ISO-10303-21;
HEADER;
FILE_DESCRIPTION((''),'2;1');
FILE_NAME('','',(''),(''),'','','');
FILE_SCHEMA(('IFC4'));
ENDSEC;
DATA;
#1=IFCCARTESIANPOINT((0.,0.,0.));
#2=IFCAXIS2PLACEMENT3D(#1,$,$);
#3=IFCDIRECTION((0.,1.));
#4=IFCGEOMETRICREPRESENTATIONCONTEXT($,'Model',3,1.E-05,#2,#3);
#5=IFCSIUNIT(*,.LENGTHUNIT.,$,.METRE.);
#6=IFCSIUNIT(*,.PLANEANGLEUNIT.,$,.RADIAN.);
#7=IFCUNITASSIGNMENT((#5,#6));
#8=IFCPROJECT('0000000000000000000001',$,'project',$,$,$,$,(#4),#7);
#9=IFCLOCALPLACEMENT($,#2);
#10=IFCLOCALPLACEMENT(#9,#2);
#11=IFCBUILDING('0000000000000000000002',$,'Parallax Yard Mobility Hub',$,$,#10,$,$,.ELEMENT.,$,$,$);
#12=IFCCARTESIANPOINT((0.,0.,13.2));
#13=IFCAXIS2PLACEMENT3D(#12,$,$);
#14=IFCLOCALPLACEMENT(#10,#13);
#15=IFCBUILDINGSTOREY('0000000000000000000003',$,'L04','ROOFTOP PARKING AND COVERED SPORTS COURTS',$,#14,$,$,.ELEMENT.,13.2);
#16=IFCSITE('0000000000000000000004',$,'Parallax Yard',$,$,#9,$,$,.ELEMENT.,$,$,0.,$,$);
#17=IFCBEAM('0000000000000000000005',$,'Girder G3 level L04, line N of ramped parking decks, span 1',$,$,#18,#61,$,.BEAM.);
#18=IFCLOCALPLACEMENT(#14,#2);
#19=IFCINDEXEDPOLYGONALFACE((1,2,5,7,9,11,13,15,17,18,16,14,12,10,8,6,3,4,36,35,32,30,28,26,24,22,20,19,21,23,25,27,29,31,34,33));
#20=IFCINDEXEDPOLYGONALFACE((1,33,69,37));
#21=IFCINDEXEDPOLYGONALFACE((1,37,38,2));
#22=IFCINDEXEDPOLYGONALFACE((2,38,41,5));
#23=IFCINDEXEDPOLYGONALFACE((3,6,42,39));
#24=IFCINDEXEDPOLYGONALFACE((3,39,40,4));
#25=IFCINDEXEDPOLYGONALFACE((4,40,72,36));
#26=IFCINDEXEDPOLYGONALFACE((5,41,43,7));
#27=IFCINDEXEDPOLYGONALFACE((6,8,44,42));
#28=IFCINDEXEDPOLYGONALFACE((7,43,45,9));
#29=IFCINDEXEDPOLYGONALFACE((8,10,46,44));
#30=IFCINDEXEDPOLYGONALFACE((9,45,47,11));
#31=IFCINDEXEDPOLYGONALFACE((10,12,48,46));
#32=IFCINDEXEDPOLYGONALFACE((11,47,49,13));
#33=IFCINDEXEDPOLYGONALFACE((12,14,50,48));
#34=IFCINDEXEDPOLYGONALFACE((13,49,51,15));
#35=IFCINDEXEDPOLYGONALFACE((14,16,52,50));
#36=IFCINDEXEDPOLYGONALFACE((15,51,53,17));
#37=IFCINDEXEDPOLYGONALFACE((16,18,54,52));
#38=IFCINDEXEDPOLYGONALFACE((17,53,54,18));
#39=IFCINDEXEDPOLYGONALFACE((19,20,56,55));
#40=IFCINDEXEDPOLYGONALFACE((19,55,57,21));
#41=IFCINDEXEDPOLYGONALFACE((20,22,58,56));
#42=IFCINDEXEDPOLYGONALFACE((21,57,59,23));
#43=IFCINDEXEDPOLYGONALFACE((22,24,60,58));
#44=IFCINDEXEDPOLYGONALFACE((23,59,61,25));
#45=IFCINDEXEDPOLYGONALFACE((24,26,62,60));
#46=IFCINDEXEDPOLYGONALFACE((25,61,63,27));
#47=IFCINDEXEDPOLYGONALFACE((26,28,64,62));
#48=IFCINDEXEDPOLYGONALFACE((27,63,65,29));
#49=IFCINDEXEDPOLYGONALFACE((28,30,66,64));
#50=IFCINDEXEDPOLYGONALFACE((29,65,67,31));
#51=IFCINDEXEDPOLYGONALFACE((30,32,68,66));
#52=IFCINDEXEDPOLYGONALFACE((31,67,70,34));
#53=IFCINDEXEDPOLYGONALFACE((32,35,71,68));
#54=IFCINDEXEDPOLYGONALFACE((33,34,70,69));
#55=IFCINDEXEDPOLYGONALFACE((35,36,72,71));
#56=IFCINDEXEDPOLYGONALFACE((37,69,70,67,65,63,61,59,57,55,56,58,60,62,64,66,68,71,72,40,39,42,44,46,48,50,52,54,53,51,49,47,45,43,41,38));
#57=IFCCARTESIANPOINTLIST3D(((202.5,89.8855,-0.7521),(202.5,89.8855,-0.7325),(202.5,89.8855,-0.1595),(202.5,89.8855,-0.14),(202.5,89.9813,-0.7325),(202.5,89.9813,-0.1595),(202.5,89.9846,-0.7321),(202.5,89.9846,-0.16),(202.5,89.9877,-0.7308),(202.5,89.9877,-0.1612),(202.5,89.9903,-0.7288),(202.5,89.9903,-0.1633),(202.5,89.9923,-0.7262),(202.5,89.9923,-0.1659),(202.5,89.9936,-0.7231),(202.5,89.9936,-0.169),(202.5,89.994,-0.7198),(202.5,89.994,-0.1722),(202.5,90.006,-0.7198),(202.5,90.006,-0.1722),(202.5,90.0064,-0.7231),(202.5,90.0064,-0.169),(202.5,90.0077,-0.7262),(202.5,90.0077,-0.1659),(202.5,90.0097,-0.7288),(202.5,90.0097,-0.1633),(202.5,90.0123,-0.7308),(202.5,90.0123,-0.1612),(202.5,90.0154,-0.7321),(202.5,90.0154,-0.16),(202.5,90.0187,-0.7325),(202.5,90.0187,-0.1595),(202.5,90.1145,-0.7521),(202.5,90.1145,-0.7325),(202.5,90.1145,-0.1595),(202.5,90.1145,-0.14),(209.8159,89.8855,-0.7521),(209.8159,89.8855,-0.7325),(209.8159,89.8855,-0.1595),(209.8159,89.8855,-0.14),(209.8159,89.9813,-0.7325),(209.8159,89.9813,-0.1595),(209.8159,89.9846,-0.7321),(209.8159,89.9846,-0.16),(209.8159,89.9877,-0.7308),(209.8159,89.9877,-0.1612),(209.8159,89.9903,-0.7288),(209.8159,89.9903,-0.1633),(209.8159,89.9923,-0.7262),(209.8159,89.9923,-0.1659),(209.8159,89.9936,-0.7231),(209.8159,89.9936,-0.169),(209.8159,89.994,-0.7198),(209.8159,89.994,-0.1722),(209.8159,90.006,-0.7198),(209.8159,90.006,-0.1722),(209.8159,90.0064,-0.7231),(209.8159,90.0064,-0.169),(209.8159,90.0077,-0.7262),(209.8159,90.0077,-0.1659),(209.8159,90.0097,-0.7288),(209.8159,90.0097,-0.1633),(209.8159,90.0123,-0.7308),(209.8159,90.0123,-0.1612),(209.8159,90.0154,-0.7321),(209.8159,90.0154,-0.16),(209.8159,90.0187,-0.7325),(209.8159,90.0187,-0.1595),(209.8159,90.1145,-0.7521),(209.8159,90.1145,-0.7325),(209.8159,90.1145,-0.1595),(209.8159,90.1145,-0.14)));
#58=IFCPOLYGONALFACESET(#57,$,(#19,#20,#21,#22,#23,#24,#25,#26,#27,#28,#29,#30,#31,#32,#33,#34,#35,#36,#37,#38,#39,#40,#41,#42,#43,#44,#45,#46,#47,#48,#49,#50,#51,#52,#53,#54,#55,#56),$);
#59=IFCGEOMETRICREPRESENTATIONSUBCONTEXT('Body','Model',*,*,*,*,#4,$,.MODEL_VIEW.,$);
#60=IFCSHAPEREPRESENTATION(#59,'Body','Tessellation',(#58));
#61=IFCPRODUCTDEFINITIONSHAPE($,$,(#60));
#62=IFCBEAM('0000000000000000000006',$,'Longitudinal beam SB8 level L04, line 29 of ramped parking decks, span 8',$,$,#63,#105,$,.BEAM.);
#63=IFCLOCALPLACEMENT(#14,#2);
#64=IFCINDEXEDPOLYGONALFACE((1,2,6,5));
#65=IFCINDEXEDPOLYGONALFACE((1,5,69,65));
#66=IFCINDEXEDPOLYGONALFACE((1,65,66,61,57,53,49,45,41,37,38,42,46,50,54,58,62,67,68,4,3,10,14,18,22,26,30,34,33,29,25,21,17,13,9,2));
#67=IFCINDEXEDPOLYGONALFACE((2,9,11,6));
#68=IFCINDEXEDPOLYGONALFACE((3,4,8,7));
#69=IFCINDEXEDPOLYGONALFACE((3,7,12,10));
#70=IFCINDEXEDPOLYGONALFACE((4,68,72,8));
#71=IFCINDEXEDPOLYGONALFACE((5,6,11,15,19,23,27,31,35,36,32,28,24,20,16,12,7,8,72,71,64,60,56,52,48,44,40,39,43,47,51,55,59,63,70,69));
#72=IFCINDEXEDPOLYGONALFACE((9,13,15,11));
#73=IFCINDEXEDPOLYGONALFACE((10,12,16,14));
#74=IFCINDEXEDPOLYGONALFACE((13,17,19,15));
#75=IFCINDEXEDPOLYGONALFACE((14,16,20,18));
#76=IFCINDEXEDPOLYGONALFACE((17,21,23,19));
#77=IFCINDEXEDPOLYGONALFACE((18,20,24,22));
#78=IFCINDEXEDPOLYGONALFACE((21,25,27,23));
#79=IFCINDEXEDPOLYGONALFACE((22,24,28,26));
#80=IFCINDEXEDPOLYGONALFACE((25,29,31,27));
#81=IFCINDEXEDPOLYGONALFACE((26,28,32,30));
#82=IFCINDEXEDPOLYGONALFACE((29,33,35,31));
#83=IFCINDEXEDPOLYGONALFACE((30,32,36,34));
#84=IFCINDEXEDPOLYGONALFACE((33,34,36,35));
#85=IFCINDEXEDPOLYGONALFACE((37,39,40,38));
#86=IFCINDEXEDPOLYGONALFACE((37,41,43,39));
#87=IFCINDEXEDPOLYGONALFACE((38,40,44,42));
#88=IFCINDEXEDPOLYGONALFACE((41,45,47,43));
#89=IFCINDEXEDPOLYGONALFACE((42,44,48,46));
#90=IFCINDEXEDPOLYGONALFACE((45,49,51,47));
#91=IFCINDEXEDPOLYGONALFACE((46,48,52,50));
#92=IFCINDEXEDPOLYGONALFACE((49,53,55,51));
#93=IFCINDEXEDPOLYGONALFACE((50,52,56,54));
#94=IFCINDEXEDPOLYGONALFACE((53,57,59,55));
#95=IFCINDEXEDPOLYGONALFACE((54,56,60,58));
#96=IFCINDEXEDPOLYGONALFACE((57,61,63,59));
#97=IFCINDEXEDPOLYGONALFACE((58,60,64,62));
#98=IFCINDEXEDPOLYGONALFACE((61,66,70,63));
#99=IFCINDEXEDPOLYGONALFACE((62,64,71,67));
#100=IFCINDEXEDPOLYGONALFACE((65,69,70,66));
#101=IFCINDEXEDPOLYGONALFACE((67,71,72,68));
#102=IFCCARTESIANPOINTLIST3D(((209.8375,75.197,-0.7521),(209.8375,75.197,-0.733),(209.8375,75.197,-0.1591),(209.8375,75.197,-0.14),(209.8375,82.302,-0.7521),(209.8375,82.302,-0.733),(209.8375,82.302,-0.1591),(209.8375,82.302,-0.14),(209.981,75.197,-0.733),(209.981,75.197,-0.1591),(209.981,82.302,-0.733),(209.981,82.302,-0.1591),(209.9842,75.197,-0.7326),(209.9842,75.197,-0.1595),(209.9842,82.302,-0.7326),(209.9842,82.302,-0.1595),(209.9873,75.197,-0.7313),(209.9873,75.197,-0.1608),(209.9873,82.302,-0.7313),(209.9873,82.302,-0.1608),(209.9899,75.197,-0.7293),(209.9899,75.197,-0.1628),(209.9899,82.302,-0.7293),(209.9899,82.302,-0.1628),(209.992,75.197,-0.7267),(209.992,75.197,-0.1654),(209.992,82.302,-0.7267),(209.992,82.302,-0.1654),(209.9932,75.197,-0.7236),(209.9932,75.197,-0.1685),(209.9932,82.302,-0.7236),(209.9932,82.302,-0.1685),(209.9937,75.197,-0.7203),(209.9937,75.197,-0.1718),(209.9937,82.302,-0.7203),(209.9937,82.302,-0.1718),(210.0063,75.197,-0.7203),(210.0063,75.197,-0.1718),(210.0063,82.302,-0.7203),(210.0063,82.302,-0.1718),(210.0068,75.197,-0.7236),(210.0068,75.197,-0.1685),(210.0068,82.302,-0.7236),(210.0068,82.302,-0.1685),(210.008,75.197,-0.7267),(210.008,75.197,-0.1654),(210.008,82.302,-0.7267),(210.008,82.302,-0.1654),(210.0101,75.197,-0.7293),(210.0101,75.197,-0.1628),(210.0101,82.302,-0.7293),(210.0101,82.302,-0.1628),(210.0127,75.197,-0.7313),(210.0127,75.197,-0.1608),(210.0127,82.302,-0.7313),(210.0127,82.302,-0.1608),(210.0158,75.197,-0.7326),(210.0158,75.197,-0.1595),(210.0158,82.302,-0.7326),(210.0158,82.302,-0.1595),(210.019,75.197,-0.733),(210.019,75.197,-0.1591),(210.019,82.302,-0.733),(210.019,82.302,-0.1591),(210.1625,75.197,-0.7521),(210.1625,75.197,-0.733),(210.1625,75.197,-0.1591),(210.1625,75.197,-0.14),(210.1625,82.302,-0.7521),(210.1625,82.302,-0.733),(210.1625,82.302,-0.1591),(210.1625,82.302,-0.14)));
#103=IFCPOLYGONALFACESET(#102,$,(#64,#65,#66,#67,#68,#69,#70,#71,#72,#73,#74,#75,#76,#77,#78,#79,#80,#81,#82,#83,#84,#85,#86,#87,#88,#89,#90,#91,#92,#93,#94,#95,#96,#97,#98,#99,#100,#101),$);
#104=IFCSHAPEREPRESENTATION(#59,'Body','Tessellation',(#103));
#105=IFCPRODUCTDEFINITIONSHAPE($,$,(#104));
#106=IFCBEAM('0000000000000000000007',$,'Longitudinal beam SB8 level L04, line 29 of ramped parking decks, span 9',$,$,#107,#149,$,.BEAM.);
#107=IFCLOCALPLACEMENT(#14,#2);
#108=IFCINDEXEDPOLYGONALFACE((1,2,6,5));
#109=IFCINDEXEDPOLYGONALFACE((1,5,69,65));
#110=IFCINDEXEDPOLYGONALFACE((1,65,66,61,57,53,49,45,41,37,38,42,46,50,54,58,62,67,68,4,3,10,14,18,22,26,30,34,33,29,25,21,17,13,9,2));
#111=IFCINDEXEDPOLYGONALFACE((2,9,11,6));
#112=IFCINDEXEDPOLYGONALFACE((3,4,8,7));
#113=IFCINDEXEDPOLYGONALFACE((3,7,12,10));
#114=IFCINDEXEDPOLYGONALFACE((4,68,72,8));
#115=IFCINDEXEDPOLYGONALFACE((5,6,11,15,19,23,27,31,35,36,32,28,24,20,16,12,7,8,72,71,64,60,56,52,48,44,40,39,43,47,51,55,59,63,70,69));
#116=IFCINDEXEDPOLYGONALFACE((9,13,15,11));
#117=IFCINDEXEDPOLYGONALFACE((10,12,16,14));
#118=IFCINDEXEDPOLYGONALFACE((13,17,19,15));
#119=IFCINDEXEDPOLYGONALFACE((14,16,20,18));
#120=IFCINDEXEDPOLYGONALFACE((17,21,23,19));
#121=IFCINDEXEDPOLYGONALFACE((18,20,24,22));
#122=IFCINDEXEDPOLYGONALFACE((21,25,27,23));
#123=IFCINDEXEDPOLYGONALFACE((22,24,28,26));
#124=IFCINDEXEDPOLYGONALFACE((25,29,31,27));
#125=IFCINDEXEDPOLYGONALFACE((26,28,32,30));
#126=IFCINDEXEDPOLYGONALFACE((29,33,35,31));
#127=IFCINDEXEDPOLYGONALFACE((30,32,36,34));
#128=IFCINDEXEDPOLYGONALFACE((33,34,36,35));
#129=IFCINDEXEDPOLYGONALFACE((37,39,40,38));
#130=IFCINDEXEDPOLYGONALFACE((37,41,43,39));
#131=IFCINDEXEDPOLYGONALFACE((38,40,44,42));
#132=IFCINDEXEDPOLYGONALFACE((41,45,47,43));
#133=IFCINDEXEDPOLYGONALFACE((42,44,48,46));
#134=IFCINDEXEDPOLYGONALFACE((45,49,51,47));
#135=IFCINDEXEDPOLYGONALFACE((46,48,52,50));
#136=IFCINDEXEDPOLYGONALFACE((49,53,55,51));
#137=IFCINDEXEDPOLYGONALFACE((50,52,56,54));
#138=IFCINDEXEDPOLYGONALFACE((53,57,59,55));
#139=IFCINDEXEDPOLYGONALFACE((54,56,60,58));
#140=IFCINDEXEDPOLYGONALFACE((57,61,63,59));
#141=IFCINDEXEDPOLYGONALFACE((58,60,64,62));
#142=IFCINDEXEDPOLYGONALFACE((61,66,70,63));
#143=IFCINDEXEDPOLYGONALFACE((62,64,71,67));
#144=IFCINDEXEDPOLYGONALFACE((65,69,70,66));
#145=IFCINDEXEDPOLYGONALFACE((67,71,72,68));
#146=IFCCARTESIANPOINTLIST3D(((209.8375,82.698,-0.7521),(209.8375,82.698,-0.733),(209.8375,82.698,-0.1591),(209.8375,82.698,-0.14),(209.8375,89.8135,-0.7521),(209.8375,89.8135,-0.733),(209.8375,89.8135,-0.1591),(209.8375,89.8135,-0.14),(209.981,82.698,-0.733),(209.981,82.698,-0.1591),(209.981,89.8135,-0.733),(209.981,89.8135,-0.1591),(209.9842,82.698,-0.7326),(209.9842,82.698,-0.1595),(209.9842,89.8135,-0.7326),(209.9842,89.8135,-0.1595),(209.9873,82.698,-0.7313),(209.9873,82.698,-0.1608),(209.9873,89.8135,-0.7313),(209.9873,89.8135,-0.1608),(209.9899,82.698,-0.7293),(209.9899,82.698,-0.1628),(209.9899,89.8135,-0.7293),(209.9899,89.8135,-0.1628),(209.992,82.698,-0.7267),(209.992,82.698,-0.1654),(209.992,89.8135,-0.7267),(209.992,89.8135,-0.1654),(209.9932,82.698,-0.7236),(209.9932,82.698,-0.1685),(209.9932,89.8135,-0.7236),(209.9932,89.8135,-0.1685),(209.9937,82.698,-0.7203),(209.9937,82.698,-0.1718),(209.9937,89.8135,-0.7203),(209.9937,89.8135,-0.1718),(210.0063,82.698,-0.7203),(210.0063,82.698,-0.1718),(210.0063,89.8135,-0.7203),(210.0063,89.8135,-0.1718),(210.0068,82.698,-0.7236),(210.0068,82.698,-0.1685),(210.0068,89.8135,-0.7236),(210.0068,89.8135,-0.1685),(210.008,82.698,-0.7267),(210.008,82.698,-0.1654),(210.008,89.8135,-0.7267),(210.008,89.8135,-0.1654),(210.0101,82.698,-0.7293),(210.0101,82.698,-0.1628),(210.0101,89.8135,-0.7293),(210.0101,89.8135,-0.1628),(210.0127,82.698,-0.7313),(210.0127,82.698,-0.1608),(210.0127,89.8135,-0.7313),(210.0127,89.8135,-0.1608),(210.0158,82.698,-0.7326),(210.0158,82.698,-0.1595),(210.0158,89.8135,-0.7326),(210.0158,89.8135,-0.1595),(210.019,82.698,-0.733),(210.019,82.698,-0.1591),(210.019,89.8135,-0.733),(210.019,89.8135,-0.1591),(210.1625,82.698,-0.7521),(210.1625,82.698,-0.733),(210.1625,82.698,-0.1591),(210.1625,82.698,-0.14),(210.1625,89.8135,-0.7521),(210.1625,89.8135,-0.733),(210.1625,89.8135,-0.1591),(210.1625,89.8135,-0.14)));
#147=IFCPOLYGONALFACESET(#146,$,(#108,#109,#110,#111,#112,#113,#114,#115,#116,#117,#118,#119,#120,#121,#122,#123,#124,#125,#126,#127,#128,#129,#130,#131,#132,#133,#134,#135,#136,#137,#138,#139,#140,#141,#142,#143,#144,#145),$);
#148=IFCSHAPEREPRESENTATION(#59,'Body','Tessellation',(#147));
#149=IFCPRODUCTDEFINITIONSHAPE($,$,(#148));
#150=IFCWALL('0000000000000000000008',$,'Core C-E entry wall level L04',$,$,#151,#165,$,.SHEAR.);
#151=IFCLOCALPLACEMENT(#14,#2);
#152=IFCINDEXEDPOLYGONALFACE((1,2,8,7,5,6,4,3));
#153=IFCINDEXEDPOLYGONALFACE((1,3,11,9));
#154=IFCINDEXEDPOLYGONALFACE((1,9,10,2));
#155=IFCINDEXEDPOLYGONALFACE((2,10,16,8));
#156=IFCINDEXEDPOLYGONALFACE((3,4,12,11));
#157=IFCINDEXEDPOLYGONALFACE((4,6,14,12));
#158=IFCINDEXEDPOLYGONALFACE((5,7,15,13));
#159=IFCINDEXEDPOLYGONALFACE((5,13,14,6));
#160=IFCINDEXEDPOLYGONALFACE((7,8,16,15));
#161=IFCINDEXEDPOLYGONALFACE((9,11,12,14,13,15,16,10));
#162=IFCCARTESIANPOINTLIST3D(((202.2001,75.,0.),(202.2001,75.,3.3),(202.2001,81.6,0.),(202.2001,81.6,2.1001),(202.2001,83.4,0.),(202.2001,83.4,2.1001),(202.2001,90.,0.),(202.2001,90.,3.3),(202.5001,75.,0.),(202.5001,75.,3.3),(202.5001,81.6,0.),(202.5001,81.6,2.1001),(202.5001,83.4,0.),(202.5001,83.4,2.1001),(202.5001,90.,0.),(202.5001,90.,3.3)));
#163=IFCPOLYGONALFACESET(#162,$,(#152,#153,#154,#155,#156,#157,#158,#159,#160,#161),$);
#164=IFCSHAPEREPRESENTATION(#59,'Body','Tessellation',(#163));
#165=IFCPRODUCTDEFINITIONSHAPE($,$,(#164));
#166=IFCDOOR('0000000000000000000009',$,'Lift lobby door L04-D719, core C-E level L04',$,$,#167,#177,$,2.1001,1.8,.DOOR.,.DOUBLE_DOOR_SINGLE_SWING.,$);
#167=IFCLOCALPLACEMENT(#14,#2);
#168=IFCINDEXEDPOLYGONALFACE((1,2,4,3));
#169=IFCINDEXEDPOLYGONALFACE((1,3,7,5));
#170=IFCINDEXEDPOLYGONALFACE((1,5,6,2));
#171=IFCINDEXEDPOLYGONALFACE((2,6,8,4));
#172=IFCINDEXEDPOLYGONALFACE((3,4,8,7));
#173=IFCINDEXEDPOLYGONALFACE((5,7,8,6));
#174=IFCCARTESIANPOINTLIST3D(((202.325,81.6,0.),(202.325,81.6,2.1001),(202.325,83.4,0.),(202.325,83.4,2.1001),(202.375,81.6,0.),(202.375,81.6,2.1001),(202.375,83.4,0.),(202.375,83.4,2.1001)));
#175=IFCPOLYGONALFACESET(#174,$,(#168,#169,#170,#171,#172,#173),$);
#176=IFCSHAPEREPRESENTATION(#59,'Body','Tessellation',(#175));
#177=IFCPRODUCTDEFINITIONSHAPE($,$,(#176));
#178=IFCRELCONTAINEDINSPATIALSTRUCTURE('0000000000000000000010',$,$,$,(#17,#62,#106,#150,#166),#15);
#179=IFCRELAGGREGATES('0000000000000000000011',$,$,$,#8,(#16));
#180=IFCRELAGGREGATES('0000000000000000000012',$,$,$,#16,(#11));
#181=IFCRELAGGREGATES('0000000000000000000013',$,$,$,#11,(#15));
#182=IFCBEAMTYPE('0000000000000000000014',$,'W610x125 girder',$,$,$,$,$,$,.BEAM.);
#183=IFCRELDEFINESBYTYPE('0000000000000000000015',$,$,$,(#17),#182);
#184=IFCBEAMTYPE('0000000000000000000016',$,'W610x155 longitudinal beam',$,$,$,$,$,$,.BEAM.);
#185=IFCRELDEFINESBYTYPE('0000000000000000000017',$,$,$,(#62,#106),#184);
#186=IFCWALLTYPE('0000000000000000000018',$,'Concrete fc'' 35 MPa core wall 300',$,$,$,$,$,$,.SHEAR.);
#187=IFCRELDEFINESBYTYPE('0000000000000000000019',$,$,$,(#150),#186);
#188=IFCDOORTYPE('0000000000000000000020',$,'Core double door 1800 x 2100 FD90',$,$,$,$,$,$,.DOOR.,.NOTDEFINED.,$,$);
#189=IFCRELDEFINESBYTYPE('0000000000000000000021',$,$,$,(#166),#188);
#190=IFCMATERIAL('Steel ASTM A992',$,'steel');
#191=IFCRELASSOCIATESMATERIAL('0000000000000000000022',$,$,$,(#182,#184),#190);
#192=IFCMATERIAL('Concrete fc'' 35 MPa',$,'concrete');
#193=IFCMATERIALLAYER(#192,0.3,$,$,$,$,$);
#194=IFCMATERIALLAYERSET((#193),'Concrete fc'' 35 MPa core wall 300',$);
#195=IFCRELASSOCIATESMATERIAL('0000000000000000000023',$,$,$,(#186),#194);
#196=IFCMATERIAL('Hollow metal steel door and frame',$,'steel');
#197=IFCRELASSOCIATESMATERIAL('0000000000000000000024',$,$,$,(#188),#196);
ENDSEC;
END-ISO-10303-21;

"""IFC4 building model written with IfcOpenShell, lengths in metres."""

from ifc_helpers import new_model, si_unit, direction, frame, frame_2d, origin, origin_2d, place, context, subcontext, project, spatial, rectangle, i_section, extrude, material, layer, layer_set, material_profile, profile_set, type_object, element, fill, save


model = new_model("IFC4")

# Units and contexts
model_context = context("Model", 3, precision=1e-05, world=origin(), true_north=direction((0.0, 1.0)))
body_context = subcontext(model_context, "Body", "Model", "MODEL_VIEW")
ifc_project = project(units=[si_unit("LENGTHUNIT", "METRE"), si_unit("PLANEANGLEUNIT", "RADIAN")], contexts=[model_context])

# Site, building, storey
site_placement = place(None, origin())
site = spatial("IfcSite", under=ifc_project, at=site_placement, Name="Parallax Yard", CompositionType="ELEMENT", RefElevation=0.0)
building_placement = place(site_placement, origin())
building = spatial("IfcBuilding", under=site, at=building_placement, Name="Parallax Yard Mobility Hub", CompositionType="ELEMENT")
storey_placement = place(building_placement, frame((0.0, 0.0, 13.2)))
storey = spatial("IfcBuildingStorey", under=building, at=storey_placement, Name="L04", Description="ROOFTOP PARKING AND COVERED SPORTS COURTS", CompositionType="ELEMENT", Elevation=13.2)

# Beams
ifc_material_1 = material(Name="Steel ASTM A992", Category="steel")
ifc_material_profile_1 = material_profile(ifc_material_1, i_section(OverallWidth=0.229, OverallDepth=0.6121, WebThickness=0.012, FlangeThickness=0.0195, FilletRadius=0.0127, at=origin_2d()), Name="W610x125")
ifc_profile_set_1 = profile_set([ifc_material_profile_1], Name="Steel ASTM A992")
beam_type_1 = type_object("IfcBeamType", Name="W610x125 girder", PredefinedType="BEAM", material=ifc_profile_set_1)
beam_1_placement = place(storey_placement, frame((202.5, 90.0, -0.446), z_axis=(1.0, 0.0, 0.0), x_axis=(0.0, 1.0, 0.0)))
element("IfcBeam", 1, at=beam_1_placement, inside=storey, type_object=beam_type_1, Name="Girder G3 level L04, line N of ramped parking decks, span 1", PredefinedType="BEAM", context=body_context, shape_type="SweptSolid", body=[
    extrude(i_section(OverallWidth=0.229, OverallDepth=0.6121, WebThickness=0.012, FlangeThickness=0.0195, FilletRadius=0.0127, at=origin_2d()), origin(), (0.0, 0.0, 1.0), 7.3159),
])
ifc_material_profile_2 = material_profile(ifc_material_1, i_section(OverallWidth=0.325, OverallDepth=0.6121, WebThickness=0.0127, FlangeThickness=0.019, FilletRadius=0.0127, at=origin_2d()), Name="W610x155")
ifc_profile_set_2 = profile_set([ifc_material_profile_2], Name="Steel ASTM A992")
beam_type_2 = type_object("IfcBeamType", Name="W610x155 longitudinal beam", PredefinedType="BEAM", material=ifc_profile_set_2)
beam_2_placement = place(storey_placement, frame((210.0, 75.197, -0.446), z_axis=(0.0, 1.0, 0.0), x_axis=(-1.0, 0.0, 0.0)))
element("IfcBeam", 2, at=beam_2_placement, inside=storey, type_object=beam_type_2, Name="Longitudinal beam SB8 level L04, line 29 of ramped parking decks, span 8", PredefinedType="BEAM", context=body_context, shape_type="SweptSolid", body=[
    extrude(i_section(OverallWidth=0.325, OverallDepth=0.6121, WebThickness=0.0127, FlangeThickness=0.019, FilletRadius=0.0127, at=origin_2d()), origin(), (0.0, 0.0, 1.0), 7.105),
])
beam_3_placement = place(storey_placement, frame((210.0, 82.698, -0.446), z_axis=(0.0, 1.0, 0.0), x_axis=(-1.0, 0.0, 0.0)))
element("IfcBeam", 3, at=beam_3_placement, inside=storey, type_object=beam_type_2, Name="Longitudinal beam SB8 level L04, line 29 of ramped parking decks, span 9", PredefinedType="BEAM", context=body_context, shape_type="SweptSolid", body=[
    extrude(i_section(OverallWidth=0.325, OverallDepth=0.6121, WebThickness=0.0127, FlangeThickness=0.019, FilletRadius=0.0127, at=origin_2d()), origin(), (0.0, 0.0, 1.0), 7.1155),
])

# Wall, opening, door
ifc_material_2 = material(Name="Concrete fc' 35 MPa", Category="concrete")
ifc_layer_1 = layer(ifc_material_2, 0.3)
ifc_layer_set_1 = layer_set([ifc_layer_1], Name="Concrete fc' 35 MPa core wall 300")
wall_type_1 = type_object("IfcWallType", Name="Concrete fc' 35 MPa core wall 300", PredefinedType="SHEAR", material=ifc_layer_set_1)
wall_1_placement = place(storey_placement, frame((202.3501, 90.0, 0.0), z_axis=(0.0, 0.0, 1.0), x_axis=(0.0, -1.0, 0.0)))
wall_1 = element("IfcWall", 4, at=wall_1_placement, inside=storey, type_object=wall_type_1, Name="Core C-E entry wall level L04", PredefinedType="SHEAR", context=body_context, shape_type="SweptSolid", body=[
    extrude(rectangle(XDim=15.0, YDim=0.3, at=frame_2d((7.5, 0.0))), origin(), (0.0, 0.0, 1.0), 3.3),
])
opening_1_placement = place(wall_1_placement, frame((6.6001, 0.0, 0.0)))
opening_1 = element("IfcOpeningElement", 5, at=opening_1_placement, cuts=wall_1, PredefinedType="OPENING", context=body_context, shape_type="SweptSolid", body=[
    extrude(rectangle(XDim=1.8, YDim=2.1001, at=frame_2d((0.8999, 1.05))), frame((0.0, 0.1602, 0.0), z_axis=(0.0, -1.0, 0.0), x_axis=(1.0, 0.0, 0.0)), (0.0, 0.0, 1.0), 0.3201),
])
ifc_material_3 = material(Name="Hollow metal steel door and frame", Category="steel")
door_type_1 = type_object("IfcDoorType", Name="Core double door 1800 x 2100 FD90", OperationType="NOTDEFINED", PredefinedType="DOOR", material=ifc_material_3)
door_1_placement = place(opening_1_placement, origin())
door_1 = element("IfcDoor", 6, at=door_1_placement, inside=storey, type_object=door_type_1, Name="Lift lobby door L04-D719, core C-E level L04", OperationType="DOUBLE_DOOR_SINGLE_SWING", OverallHeight=2.1001, OverallWidth=1.8, PredefinedType="DOOR", context=body_context, shape_type="SweptSolid", body=[
    extrude(rectangle(XDim=1.8, YDim=2.1001, at=frame_2d((0.8999, 1.05))), frame((0.0, 0.0249, 0.0), z_axis=(0.0, -1.0, 0.0), x_axis=(1.0, 0.0, 0.0)), (0.0, 0.0, 1.0), 0.05),
])
fill(opening_1, door_1)

save(model, "model.ifc")
